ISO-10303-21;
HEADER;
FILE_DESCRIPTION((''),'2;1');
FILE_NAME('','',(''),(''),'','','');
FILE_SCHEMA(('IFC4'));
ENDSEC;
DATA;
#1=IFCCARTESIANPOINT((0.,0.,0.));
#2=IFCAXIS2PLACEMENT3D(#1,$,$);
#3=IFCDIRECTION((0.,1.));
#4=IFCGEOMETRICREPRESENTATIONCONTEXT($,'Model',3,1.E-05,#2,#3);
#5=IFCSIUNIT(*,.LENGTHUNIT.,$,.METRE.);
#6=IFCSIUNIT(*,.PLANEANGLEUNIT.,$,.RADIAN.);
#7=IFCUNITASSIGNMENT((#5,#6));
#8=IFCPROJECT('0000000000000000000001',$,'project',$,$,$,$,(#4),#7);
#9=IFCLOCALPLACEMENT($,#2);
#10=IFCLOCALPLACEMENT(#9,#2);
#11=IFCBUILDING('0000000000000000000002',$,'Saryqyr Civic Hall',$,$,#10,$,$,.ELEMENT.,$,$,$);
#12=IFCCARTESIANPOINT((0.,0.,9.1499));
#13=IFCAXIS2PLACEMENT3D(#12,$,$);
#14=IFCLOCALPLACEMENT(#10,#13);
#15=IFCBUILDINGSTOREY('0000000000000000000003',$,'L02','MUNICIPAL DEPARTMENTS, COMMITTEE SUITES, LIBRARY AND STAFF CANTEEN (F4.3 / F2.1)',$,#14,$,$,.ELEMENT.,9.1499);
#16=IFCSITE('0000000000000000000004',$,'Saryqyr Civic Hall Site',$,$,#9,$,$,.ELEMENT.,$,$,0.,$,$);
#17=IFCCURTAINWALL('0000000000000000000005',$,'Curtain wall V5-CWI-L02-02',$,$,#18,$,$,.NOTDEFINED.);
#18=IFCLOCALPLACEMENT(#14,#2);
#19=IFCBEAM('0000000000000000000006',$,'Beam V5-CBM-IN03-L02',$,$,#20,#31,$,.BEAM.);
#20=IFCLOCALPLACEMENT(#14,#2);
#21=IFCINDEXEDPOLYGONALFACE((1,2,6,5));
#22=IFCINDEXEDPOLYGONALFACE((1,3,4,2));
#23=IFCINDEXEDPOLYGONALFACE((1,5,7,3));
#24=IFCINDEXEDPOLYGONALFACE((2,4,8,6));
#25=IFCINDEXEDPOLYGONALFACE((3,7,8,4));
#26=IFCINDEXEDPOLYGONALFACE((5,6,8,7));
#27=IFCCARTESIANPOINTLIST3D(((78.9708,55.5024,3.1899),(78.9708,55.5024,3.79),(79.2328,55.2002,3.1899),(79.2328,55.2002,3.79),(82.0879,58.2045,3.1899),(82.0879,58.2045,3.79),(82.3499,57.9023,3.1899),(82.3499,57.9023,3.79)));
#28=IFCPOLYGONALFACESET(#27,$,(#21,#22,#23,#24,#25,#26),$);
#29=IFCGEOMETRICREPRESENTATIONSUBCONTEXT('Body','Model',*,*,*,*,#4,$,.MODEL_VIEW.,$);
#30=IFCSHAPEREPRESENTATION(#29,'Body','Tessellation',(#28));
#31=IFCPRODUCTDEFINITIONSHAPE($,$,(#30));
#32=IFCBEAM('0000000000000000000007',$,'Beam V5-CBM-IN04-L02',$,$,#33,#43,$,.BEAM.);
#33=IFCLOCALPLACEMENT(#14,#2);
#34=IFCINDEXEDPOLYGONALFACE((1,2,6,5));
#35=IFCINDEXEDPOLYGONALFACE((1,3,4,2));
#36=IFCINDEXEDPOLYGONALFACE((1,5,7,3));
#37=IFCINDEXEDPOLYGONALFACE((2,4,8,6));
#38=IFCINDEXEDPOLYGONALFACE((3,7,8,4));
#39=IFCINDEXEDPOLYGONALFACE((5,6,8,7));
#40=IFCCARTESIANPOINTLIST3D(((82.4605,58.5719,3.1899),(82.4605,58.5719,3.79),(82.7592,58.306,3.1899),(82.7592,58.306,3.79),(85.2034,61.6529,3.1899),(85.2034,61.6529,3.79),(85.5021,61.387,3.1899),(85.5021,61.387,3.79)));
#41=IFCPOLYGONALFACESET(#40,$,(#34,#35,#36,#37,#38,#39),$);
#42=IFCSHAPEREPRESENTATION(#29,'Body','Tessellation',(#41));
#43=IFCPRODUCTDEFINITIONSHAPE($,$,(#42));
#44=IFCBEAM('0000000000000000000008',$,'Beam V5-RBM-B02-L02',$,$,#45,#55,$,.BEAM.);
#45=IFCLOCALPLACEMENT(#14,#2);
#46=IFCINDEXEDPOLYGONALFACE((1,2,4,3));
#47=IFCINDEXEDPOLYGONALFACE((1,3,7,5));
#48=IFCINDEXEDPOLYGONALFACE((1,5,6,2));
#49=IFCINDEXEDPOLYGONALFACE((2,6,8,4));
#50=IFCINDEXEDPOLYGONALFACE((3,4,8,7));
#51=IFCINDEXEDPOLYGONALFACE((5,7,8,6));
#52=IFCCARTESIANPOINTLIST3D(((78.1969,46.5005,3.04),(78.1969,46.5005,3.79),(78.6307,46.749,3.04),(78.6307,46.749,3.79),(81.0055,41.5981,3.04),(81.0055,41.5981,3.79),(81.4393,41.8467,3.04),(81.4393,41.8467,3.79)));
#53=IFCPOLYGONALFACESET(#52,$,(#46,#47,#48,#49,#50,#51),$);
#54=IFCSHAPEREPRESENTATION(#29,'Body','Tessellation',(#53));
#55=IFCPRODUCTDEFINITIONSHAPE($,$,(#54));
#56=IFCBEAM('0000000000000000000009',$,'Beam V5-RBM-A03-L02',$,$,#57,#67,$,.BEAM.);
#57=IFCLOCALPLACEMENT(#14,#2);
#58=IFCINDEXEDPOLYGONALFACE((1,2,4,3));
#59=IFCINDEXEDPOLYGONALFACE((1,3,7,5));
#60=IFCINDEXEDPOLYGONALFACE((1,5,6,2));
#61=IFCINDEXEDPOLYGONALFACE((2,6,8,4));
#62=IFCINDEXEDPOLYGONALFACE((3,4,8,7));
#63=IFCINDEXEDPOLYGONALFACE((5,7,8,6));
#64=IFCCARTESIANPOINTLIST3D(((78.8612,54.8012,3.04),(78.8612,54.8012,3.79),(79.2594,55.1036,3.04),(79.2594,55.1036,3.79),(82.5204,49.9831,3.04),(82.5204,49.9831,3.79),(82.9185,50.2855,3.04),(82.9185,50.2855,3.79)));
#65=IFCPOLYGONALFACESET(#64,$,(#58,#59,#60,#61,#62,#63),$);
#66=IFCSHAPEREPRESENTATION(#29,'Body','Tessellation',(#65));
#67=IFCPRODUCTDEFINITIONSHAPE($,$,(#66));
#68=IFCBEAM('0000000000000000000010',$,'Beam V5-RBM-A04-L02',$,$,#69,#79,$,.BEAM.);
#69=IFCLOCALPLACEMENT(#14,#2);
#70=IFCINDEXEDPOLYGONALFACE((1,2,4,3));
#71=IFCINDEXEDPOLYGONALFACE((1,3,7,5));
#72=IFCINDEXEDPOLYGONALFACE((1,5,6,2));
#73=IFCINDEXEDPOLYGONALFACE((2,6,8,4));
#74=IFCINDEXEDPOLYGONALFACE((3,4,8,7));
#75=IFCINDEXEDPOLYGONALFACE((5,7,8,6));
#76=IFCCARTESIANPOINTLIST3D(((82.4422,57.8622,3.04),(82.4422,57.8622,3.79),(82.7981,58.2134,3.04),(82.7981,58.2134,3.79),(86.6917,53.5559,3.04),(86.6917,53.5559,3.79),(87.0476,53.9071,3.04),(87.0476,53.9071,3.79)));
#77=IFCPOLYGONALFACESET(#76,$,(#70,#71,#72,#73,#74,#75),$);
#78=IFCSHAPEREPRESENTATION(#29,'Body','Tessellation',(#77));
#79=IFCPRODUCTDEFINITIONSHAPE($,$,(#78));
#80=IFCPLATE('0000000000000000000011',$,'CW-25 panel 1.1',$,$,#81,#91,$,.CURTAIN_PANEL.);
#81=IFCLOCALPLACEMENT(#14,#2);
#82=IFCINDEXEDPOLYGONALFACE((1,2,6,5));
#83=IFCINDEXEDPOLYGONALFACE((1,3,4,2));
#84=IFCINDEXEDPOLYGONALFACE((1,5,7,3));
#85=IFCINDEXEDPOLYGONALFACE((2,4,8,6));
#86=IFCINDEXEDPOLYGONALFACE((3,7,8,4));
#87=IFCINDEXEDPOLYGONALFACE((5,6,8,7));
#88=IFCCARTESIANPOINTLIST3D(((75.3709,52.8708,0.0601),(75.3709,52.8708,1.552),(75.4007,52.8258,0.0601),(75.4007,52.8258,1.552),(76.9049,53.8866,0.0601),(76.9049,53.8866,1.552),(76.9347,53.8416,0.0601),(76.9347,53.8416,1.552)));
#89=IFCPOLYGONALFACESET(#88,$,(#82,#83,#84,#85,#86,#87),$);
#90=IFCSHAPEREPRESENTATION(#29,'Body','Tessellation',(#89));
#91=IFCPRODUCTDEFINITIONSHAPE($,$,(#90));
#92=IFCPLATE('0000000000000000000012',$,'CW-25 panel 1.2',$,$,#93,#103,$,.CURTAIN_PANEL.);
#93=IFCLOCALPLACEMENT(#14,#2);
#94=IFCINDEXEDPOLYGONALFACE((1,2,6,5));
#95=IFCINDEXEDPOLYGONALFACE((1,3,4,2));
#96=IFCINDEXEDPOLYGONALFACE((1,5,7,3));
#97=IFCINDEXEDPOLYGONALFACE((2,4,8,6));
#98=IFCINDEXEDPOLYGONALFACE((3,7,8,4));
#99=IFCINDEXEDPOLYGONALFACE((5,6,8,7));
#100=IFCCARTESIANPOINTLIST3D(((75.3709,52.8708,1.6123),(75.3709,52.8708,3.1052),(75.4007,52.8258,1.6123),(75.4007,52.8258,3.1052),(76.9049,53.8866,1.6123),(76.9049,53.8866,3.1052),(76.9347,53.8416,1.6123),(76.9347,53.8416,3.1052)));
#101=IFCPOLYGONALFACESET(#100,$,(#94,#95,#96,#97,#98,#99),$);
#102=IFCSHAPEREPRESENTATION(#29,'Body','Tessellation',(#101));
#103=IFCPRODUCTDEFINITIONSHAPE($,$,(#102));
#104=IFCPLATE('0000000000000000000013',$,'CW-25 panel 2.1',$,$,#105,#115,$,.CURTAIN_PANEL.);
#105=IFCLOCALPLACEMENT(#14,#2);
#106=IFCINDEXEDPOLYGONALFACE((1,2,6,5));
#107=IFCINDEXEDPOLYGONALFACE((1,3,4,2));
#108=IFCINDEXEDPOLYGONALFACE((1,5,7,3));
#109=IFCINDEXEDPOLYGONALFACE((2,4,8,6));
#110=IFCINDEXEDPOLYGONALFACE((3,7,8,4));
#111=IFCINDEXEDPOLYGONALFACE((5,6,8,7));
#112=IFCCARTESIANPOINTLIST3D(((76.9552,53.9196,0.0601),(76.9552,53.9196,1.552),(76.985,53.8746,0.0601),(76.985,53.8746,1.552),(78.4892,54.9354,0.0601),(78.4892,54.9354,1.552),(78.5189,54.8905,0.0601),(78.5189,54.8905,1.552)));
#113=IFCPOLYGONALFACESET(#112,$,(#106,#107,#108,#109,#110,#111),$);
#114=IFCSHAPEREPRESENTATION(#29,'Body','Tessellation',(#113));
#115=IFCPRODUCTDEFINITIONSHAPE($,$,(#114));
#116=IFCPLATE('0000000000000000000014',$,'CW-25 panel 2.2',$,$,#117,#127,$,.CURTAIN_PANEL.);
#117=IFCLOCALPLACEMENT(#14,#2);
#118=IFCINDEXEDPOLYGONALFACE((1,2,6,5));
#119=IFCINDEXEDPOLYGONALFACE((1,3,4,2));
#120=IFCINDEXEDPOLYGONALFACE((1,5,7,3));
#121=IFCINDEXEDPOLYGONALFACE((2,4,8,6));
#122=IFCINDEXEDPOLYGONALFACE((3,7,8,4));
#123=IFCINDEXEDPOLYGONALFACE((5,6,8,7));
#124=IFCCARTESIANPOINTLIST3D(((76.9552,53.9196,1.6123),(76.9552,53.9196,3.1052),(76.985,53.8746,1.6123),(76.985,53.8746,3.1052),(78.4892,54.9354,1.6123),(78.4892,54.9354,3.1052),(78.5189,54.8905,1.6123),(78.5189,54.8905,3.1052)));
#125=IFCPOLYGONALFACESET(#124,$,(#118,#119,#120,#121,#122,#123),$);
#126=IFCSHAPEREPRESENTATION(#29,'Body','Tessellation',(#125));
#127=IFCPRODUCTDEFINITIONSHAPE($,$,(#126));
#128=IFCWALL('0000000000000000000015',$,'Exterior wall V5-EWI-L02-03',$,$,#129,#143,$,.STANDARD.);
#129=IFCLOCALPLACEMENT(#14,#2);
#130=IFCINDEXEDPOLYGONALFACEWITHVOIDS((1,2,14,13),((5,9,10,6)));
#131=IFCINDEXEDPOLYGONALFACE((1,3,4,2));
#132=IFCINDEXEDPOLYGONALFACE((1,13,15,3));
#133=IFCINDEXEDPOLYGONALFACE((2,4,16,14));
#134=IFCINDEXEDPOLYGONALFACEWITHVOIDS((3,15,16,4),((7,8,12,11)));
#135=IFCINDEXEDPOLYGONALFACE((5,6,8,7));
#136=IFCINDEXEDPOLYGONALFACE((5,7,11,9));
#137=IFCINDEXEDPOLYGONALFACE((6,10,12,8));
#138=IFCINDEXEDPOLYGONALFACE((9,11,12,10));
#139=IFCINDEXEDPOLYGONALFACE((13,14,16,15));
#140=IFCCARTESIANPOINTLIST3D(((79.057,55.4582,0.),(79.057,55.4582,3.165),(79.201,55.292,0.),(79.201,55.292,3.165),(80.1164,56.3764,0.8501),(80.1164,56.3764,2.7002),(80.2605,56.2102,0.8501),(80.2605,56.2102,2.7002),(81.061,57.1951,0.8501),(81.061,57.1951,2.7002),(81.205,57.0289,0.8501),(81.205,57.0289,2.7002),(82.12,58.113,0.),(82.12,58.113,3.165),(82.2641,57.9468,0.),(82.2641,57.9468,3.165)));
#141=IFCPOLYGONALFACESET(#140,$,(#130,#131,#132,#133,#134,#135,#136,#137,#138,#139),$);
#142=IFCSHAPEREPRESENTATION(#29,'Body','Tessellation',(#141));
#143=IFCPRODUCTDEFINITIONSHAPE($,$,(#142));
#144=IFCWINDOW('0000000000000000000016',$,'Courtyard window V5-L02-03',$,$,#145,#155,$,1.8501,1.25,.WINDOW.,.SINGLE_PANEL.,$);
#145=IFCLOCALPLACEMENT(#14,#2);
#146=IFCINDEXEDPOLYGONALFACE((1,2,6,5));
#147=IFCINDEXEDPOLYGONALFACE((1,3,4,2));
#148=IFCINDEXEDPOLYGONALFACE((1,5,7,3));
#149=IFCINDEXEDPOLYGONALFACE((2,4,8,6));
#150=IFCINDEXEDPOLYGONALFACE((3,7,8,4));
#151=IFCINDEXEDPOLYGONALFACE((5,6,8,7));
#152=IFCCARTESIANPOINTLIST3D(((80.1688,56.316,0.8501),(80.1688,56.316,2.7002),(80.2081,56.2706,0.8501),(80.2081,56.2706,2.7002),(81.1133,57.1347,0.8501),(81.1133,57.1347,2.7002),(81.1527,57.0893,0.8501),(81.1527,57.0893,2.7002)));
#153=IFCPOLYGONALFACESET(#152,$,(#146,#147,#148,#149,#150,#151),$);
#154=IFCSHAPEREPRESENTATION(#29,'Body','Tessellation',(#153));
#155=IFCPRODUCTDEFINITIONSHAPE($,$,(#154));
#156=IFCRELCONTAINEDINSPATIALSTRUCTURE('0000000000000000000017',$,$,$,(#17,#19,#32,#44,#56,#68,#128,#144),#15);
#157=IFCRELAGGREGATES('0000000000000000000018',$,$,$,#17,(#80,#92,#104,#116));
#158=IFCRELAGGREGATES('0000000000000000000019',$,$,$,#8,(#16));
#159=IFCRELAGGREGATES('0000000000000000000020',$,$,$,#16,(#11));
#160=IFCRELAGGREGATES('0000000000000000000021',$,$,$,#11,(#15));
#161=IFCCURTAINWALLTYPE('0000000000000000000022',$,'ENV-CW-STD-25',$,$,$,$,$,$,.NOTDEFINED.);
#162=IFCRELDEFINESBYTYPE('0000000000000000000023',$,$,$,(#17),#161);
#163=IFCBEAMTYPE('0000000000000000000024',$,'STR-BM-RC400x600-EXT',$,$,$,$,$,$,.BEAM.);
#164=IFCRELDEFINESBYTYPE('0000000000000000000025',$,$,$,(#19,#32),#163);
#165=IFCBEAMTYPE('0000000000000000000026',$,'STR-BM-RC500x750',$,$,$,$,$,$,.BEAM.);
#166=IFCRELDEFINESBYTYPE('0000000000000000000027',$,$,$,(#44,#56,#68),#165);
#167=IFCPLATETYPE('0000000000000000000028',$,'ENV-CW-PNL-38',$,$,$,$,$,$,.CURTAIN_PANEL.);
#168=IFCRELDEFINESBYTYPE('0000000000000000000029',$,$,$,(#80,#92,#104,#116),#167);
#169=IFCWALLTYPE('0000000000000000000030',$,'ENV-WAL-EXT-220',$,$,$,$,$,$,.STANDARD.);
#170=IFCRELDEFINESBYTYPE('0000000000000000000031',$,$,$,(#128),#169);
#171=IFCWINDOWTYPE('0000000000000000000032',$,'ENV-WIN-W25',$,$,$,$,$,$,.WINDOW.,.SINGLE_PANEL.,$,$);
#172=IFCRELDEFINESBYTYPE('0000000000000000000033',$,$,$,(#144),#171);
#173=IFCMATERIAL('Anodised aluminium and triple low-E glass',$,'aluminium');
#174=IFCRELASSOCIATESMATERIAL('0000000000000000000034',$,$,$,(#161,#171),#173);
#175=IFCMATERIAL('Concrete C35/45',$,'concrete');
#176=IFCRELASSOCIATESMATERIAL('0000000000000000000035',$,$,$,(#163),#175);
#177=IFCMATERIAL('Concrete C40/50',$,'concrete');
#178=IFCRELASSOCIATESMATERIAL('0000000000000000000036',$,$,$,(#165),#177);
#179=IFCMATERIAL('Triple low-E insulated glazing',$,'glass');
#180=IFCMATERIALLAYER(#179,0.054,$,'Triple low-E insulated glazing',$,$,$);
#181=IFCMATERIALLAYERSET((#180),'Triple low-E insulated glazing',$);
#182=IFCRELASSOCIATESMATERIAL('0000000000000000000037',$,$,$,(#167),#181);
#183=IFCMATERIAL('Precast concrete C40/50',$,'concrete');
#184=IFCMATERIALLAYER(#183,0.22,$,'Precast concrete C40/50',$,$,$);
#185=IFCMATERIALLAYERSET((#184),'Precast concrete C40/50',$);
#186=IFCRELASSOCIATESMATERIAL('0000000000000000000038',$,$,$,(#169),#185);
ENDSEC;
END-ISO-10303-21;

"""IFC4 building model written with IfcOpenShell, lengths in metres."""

from ifc_helpers import new_model, si_unit, direction, frame, frame_2d, origin, origin_2d, place, context, subcontext, project, spatial, rectangle, extrude, material, layer, layer_set, material_profile, profile_set, type_object, element, fill, aggregate, save


model = new_model("IFC4")

# Units and contexts
model_context = context("Model", 3, precision=1e-05, world=origin(), true_north=direction((0.0, 1.0)))
body_context = subcontext(model_context, "Body", "Model", "MODEL_VIEW")
ifc_project = project(units=[si_unit("LENGTHUNIT", "METRE"), si_unit("PLANEANGLEUNIT", "RADIAN")], contexts=[model_context])

# Site, building, storey
site_placement = place(None, origin())
site = spatial("IfcSite", under=ifc_project, at=site_placement, Name="Saryqyr Civic Hall Site", CompositionType="ELEMENT", RefElevation=0.0)
building_placement = place(site_placement, origin())
building = spatial("IfcBuilding", under=site, at=building_placement, Name="Saryqyr Civic Hall", CompositionType="ELEMENT")
storey_placement = place(building_placement, frame((0.0, 0.0, 9.1499)))
storey = spatial("IfcBuildingStorey", under=building, at=storey_placement, Name="L02", Description="MUNICIPAL DEPARTMENTS, COMMITTEE SUITES, LIBRARY AND STAFF CANTEEN (F4.3 / F2.1)", CompositionType="ELEMENT", Elevation=9.1499)

# Shared definitions
ifc_material_1 = material(Name="Concrete C40/50", Category="concrete")

# Curtain wall
ifc_material_2 = material(Name="Anodised aluminium and triple low-E glass", Category="aluminium")
curtain_wall_type_1 = type_object("IfcCurtainWallType", Name="ENV-CW-STD-25", PredefinedType="NOTDEFINED", material=ifc_material_2)
curtain_wall_1_placement = place(storey_placement, origin())
curtain_wall_1 = element("IfcCurtainWall", 1, at=curtain_wall_1_placement, inside=storey, type_object=curtain_wall_type_1, Name="Curtain wall V5-CWI-L02-02", PredefinedType="NOTDEFINED")

# Beams
ifc_material_3 = material(Name="Concrete C35/45", Category="concrete")
ifc_material_profile_1 = material_profile(ifc_material_3, rectangle(XDim=0.3999, YDim=0.6001, at=origin_2d()), Name="RC 400x600")
ifc_profile_set_1 = profile_set([ifc_material_profile_1], Name="Concrete C35/45")
beam_type_1 = type_object("IfcBeamType", Name="STR-BM-RC400x600-EXT", PredefinedType="BEAM", material=ifc_profile_set_1)
beam_1_placement = place(storey_placement, frame((79.1018, 55.3513, 3.49), z_axis=(0.755619, 0.655012, 0.0), x_axis=(-0.655012, 0.755619, 0.0)))
element("IfcBeam", 2, at=beam_1_placement, inside=storey, type_object=beam_type_1, Name="Beam V5-CBM-IN03-L02", PredefinedType="BEAM", context=body_context, shape_type="SweptSolid", body=[
    extrude(rectangle(XDim=0.3999, YDim=0.6001, at=origin_2d()), origin(), (0.0, 0.0, 1.0), 4.1252),
])
beam_2_placement = place(storey_placement, frame((82.6099, 58.439, 3.49), z_axis=(0.664933, 0.746903, 0.0), x_axis=(-0.746903, 0.664933, 0.0)))
element("IfcBeam", 3, at=beam_2_placement, inside=storey, type_object=beam_type_1, Name="Beam V5-CBM-IN04-L02", PredefinedType="BEAM", context=body_context, shape_type="SweptSolid", body=[
    extrude(rectangle(XDim=0.3999, YDim=0.6001, at=origin_2d()), origin(), (0.0, 0.0, 1.0), 4.125),
])
ifc_material_profile_2 = material_profile(ifc_material_1, rectangle(XDim=0.5, YDim=0.75, at=origin_2d()), Name="RC 500x750")
ifc_profile_set_2 = profile_set([ifc_material_profile_2], Name="Concrete C40/50")
beam_type_2 = type_object("IfcBeamType", Name="STR-BM-RC500x750", PredefinedType="BEAM", material=ifc_profile_set_2)
beam_3_placement = place(storey_placement, frame((78.4138, 46.6248, 3.415), z_axis=(0.497107, -0.867689, 0.0), x_axis=(0.867689, 0.497107, 0.0)))
element("IfcBeam", 4, at=beam_3_placement, inside=storey, type_object=beam_type_2, Name="Beam V5-RBM-B02-L02", PredefinedType="BEAM", context=body_context, shape_type="SweptSolid", body=[
    extrude(rectangle(XDim=0.5, YDim=0.75, at=origin_2d()), origin(), (0.0, 0.0, 1.0), 5.6499),
])
for number, where, z_axis, x_axis, name in (
    (5, (79.0603, 54.9524, 3.415), (0.604812, -0.796368, 0.0), (0.796368, 0.604812, 0.0), "Beam V5-RBM-A03-L02"),
    (6, (82.6201, 58.0378, 3.415), (0.70239, -0.711792, 0.0), (0.711792, 0.70239, 0.0), "Beam V5-RBM-A04-L02"),
):
    element("IfcBeam", number, at=place(storey_placement, frame(where, z_axis=z_axis, x_axis=x_axis)), inside=storey, type_object=beam_type_2, Name=name, PredefinedType="BEAM", context=body_context, shape_type="SweptSolid", body=[
        extrude(rectangle(XDim=0.5, YDim=0.75, at=origin_2d()), origin(), (0.0, 0.0, 1.0), 6.05),
    ])

# Plates
ifc_material_4 = material(Name="Triple low-E insulated glazing", Category="glass")
ifc_layer_1 = layer(ifc_material_4, 0.054, Name="Triple low-E insulated glazing")
ifc_layer_set_1 = layer_set([ifc_layer_1], Name="Triple low-E insulated glazing")
plate_type = type_object("IfcPlateType", Name="ENV-CW-PNL-38", PredefinedType="CURTAIN_PANEL", material=ifc_layer_set_1)
plate_1_placement = place(storey_placement, frame((76.1528, 53.3562, 0.0601), z_axis=(0.0, 0.0, 1.0), x_axis=(0.833756, 0.552133, 0.0)))
plate_1 = element("IfcPlate", 7, at=plate_1_placement, type_object=plate_type, Name="CW-25 panel 1.1", PredefinedType="CURTAIN_PANEL", context=body_context, shape_type="SweptSolid", body=[
    extrude(rectangle(XDim=1.8398, YDim=0.054, at=origin_2d()), origin(), (0.0, 0.0, 1.0), 1.4919),
])
plate_2_placement = place(storey_placement, frame((76.1528, 53.3562, 1.6123), z_axis=(0.0, 0.0, 1.0), x_axis=(0.833756, 0.552133, 0.0)))
plate_2 = element("IfcPlate", 8, at=plate_2_placement, type_object=plate_type, Name="CW-25 panel 1.2", PredefinedType="CURTAIN_PANEL", context=body_context, shape_type="SweptSolid", body=[
    extrude(rectangle(XDim=1.8398, YDim=0.054, at=origin_2d()), origin(), (0.0, 0.0, 1.0), 1.4929),
])
plate_3_placement = place(storey_placement, frame((77.7371, 54.405, 0.0601), z_axis=(0.0, 0.0, 1.0), x_axis=(0.833756, 0.552133, 0.0)))
plate_3 = element("IfcPlate", 9, at=plate_3_placement, type_object=plate_type, Name="CW-25 panel 2.1", PredefinedType="CURTAIN_PANEL", context=body_context, shape_type="SweptSolid", body=[
    extrude(rectangle(XDim=1.8398, YDim=0.054, at=origin_2d()), origin(), (0.0, 0.0, 1.0), 1.4919),
])
plate_4_placement = place(storey_placement, frame((77.7371, 54.405, 1.6123), z_axis=(0.0, 0.0, 1.0), x_axis=(0.833756, 0.552133, 0.0)))
plate_4 = element("IfcPlate", 10, at=plate_4_placement, type_object=plate_type, Name="CW-25 panel 2.2", PredefinedType="CURTAIN_PANEL", context=body_context, shape_type="SweptSolid", body=[
    extrude(rectangle(XDim=1.8398, YDim=0.054, at=origin_2d()), origin(), (0.0, 0.0, 1.0), 1.4929),
])
aggregate(curtain_wall_1, [plate_1, plate_2, plate_3, plate_4])

# Wall, opening, window
ifc_material_5 = material(Name="Precast concrete C40/50", Category="concrete")
ifc_layer_2 = layer(ifc_material_5, 0.22, Name="Precast concrete C40/50")
ifc_layer_set_2 = layer_set([ifc_layer_2], Name="Precast concrete C40/50")
wall_type_1 = type_object("IfcWallType", Name="ENV-WAL-EXT-220", PredefinedType="STANDARD", material=ifc_layer_set_2)
wall_1_placement = place(storey_placement, frame((79.1289, 55.375, 0.0), z_axis=(0.0, 0.0, 1.0), x_axis=(0.755665, 0.654958, 0.0)))
wall_1 = element("IfcWall", 11, at=wall_1_placement, inside=storey, type_object=wall_type_1, Name="Exterior wall V5-EWI-L02-03", PredefinedType="STANDARD", context=body_context, shape_type="SweptSolid", body=[
    extrude(rectangle(XDim=4.0535, YDim=0.22, at=frame_2d((2.0269, 0.0))), origin(), (0.0, 0.0, 1.0), 3.165),
])
opening_1_placement = place(wall_1_placement, frame((1.4021, 0.0, 0.8501)))
opening_1 = element("IfcOpeningElement", 12, at=opening_1_placement, cuts=wall_1, PredefinedType="OPENING", context=body_context, shape_type="SweptSolid", body=[
    extrude(rectangle(XDim=1.25, YDim=1.8501, at=frame_2d((0.625, 0.925))), frame((0.0, 0.1199, 0.0), z_axis=(0.0, -1.0, 0.0), x_axis=(1.0, 0.0, 0.0)), (0.0, 0.0, 1.0), 0.24),
])
window_type = type_object("IfcWindowType", Name="ENV-WIN-W25", PartitioningType="SINGLE_PANEL", PredefinedType="WINDOW", material=ifc_material_2)
window_placement = place(opening_1_placement, origin())
window = element("IfcWindow", 13, at=window_placement, inside=storey, type_object=window_type, Name="Courtyard window V5-L02-03", OverallHeight=1.8501, OverallWidth=1.25, PartitioningType="SINGLE_PANEL", PredefinedType="WINDOW", context=body_context, shape_type="SweptSolid", body=[
    extrude(rectangle(XDim=1.25, YDim=1.8501, at=frame_2d((0.625, 0.925))), frame((0.0, 0.03, 0.0), z_axis=(0.0, -1.0, 0.0), x_axis=(1.0, 0.0, 0.0)), (0.0, 0.0, 1.0), 0.0601),
])
fill(opening_1, window)

save(model, "model.ifc")
